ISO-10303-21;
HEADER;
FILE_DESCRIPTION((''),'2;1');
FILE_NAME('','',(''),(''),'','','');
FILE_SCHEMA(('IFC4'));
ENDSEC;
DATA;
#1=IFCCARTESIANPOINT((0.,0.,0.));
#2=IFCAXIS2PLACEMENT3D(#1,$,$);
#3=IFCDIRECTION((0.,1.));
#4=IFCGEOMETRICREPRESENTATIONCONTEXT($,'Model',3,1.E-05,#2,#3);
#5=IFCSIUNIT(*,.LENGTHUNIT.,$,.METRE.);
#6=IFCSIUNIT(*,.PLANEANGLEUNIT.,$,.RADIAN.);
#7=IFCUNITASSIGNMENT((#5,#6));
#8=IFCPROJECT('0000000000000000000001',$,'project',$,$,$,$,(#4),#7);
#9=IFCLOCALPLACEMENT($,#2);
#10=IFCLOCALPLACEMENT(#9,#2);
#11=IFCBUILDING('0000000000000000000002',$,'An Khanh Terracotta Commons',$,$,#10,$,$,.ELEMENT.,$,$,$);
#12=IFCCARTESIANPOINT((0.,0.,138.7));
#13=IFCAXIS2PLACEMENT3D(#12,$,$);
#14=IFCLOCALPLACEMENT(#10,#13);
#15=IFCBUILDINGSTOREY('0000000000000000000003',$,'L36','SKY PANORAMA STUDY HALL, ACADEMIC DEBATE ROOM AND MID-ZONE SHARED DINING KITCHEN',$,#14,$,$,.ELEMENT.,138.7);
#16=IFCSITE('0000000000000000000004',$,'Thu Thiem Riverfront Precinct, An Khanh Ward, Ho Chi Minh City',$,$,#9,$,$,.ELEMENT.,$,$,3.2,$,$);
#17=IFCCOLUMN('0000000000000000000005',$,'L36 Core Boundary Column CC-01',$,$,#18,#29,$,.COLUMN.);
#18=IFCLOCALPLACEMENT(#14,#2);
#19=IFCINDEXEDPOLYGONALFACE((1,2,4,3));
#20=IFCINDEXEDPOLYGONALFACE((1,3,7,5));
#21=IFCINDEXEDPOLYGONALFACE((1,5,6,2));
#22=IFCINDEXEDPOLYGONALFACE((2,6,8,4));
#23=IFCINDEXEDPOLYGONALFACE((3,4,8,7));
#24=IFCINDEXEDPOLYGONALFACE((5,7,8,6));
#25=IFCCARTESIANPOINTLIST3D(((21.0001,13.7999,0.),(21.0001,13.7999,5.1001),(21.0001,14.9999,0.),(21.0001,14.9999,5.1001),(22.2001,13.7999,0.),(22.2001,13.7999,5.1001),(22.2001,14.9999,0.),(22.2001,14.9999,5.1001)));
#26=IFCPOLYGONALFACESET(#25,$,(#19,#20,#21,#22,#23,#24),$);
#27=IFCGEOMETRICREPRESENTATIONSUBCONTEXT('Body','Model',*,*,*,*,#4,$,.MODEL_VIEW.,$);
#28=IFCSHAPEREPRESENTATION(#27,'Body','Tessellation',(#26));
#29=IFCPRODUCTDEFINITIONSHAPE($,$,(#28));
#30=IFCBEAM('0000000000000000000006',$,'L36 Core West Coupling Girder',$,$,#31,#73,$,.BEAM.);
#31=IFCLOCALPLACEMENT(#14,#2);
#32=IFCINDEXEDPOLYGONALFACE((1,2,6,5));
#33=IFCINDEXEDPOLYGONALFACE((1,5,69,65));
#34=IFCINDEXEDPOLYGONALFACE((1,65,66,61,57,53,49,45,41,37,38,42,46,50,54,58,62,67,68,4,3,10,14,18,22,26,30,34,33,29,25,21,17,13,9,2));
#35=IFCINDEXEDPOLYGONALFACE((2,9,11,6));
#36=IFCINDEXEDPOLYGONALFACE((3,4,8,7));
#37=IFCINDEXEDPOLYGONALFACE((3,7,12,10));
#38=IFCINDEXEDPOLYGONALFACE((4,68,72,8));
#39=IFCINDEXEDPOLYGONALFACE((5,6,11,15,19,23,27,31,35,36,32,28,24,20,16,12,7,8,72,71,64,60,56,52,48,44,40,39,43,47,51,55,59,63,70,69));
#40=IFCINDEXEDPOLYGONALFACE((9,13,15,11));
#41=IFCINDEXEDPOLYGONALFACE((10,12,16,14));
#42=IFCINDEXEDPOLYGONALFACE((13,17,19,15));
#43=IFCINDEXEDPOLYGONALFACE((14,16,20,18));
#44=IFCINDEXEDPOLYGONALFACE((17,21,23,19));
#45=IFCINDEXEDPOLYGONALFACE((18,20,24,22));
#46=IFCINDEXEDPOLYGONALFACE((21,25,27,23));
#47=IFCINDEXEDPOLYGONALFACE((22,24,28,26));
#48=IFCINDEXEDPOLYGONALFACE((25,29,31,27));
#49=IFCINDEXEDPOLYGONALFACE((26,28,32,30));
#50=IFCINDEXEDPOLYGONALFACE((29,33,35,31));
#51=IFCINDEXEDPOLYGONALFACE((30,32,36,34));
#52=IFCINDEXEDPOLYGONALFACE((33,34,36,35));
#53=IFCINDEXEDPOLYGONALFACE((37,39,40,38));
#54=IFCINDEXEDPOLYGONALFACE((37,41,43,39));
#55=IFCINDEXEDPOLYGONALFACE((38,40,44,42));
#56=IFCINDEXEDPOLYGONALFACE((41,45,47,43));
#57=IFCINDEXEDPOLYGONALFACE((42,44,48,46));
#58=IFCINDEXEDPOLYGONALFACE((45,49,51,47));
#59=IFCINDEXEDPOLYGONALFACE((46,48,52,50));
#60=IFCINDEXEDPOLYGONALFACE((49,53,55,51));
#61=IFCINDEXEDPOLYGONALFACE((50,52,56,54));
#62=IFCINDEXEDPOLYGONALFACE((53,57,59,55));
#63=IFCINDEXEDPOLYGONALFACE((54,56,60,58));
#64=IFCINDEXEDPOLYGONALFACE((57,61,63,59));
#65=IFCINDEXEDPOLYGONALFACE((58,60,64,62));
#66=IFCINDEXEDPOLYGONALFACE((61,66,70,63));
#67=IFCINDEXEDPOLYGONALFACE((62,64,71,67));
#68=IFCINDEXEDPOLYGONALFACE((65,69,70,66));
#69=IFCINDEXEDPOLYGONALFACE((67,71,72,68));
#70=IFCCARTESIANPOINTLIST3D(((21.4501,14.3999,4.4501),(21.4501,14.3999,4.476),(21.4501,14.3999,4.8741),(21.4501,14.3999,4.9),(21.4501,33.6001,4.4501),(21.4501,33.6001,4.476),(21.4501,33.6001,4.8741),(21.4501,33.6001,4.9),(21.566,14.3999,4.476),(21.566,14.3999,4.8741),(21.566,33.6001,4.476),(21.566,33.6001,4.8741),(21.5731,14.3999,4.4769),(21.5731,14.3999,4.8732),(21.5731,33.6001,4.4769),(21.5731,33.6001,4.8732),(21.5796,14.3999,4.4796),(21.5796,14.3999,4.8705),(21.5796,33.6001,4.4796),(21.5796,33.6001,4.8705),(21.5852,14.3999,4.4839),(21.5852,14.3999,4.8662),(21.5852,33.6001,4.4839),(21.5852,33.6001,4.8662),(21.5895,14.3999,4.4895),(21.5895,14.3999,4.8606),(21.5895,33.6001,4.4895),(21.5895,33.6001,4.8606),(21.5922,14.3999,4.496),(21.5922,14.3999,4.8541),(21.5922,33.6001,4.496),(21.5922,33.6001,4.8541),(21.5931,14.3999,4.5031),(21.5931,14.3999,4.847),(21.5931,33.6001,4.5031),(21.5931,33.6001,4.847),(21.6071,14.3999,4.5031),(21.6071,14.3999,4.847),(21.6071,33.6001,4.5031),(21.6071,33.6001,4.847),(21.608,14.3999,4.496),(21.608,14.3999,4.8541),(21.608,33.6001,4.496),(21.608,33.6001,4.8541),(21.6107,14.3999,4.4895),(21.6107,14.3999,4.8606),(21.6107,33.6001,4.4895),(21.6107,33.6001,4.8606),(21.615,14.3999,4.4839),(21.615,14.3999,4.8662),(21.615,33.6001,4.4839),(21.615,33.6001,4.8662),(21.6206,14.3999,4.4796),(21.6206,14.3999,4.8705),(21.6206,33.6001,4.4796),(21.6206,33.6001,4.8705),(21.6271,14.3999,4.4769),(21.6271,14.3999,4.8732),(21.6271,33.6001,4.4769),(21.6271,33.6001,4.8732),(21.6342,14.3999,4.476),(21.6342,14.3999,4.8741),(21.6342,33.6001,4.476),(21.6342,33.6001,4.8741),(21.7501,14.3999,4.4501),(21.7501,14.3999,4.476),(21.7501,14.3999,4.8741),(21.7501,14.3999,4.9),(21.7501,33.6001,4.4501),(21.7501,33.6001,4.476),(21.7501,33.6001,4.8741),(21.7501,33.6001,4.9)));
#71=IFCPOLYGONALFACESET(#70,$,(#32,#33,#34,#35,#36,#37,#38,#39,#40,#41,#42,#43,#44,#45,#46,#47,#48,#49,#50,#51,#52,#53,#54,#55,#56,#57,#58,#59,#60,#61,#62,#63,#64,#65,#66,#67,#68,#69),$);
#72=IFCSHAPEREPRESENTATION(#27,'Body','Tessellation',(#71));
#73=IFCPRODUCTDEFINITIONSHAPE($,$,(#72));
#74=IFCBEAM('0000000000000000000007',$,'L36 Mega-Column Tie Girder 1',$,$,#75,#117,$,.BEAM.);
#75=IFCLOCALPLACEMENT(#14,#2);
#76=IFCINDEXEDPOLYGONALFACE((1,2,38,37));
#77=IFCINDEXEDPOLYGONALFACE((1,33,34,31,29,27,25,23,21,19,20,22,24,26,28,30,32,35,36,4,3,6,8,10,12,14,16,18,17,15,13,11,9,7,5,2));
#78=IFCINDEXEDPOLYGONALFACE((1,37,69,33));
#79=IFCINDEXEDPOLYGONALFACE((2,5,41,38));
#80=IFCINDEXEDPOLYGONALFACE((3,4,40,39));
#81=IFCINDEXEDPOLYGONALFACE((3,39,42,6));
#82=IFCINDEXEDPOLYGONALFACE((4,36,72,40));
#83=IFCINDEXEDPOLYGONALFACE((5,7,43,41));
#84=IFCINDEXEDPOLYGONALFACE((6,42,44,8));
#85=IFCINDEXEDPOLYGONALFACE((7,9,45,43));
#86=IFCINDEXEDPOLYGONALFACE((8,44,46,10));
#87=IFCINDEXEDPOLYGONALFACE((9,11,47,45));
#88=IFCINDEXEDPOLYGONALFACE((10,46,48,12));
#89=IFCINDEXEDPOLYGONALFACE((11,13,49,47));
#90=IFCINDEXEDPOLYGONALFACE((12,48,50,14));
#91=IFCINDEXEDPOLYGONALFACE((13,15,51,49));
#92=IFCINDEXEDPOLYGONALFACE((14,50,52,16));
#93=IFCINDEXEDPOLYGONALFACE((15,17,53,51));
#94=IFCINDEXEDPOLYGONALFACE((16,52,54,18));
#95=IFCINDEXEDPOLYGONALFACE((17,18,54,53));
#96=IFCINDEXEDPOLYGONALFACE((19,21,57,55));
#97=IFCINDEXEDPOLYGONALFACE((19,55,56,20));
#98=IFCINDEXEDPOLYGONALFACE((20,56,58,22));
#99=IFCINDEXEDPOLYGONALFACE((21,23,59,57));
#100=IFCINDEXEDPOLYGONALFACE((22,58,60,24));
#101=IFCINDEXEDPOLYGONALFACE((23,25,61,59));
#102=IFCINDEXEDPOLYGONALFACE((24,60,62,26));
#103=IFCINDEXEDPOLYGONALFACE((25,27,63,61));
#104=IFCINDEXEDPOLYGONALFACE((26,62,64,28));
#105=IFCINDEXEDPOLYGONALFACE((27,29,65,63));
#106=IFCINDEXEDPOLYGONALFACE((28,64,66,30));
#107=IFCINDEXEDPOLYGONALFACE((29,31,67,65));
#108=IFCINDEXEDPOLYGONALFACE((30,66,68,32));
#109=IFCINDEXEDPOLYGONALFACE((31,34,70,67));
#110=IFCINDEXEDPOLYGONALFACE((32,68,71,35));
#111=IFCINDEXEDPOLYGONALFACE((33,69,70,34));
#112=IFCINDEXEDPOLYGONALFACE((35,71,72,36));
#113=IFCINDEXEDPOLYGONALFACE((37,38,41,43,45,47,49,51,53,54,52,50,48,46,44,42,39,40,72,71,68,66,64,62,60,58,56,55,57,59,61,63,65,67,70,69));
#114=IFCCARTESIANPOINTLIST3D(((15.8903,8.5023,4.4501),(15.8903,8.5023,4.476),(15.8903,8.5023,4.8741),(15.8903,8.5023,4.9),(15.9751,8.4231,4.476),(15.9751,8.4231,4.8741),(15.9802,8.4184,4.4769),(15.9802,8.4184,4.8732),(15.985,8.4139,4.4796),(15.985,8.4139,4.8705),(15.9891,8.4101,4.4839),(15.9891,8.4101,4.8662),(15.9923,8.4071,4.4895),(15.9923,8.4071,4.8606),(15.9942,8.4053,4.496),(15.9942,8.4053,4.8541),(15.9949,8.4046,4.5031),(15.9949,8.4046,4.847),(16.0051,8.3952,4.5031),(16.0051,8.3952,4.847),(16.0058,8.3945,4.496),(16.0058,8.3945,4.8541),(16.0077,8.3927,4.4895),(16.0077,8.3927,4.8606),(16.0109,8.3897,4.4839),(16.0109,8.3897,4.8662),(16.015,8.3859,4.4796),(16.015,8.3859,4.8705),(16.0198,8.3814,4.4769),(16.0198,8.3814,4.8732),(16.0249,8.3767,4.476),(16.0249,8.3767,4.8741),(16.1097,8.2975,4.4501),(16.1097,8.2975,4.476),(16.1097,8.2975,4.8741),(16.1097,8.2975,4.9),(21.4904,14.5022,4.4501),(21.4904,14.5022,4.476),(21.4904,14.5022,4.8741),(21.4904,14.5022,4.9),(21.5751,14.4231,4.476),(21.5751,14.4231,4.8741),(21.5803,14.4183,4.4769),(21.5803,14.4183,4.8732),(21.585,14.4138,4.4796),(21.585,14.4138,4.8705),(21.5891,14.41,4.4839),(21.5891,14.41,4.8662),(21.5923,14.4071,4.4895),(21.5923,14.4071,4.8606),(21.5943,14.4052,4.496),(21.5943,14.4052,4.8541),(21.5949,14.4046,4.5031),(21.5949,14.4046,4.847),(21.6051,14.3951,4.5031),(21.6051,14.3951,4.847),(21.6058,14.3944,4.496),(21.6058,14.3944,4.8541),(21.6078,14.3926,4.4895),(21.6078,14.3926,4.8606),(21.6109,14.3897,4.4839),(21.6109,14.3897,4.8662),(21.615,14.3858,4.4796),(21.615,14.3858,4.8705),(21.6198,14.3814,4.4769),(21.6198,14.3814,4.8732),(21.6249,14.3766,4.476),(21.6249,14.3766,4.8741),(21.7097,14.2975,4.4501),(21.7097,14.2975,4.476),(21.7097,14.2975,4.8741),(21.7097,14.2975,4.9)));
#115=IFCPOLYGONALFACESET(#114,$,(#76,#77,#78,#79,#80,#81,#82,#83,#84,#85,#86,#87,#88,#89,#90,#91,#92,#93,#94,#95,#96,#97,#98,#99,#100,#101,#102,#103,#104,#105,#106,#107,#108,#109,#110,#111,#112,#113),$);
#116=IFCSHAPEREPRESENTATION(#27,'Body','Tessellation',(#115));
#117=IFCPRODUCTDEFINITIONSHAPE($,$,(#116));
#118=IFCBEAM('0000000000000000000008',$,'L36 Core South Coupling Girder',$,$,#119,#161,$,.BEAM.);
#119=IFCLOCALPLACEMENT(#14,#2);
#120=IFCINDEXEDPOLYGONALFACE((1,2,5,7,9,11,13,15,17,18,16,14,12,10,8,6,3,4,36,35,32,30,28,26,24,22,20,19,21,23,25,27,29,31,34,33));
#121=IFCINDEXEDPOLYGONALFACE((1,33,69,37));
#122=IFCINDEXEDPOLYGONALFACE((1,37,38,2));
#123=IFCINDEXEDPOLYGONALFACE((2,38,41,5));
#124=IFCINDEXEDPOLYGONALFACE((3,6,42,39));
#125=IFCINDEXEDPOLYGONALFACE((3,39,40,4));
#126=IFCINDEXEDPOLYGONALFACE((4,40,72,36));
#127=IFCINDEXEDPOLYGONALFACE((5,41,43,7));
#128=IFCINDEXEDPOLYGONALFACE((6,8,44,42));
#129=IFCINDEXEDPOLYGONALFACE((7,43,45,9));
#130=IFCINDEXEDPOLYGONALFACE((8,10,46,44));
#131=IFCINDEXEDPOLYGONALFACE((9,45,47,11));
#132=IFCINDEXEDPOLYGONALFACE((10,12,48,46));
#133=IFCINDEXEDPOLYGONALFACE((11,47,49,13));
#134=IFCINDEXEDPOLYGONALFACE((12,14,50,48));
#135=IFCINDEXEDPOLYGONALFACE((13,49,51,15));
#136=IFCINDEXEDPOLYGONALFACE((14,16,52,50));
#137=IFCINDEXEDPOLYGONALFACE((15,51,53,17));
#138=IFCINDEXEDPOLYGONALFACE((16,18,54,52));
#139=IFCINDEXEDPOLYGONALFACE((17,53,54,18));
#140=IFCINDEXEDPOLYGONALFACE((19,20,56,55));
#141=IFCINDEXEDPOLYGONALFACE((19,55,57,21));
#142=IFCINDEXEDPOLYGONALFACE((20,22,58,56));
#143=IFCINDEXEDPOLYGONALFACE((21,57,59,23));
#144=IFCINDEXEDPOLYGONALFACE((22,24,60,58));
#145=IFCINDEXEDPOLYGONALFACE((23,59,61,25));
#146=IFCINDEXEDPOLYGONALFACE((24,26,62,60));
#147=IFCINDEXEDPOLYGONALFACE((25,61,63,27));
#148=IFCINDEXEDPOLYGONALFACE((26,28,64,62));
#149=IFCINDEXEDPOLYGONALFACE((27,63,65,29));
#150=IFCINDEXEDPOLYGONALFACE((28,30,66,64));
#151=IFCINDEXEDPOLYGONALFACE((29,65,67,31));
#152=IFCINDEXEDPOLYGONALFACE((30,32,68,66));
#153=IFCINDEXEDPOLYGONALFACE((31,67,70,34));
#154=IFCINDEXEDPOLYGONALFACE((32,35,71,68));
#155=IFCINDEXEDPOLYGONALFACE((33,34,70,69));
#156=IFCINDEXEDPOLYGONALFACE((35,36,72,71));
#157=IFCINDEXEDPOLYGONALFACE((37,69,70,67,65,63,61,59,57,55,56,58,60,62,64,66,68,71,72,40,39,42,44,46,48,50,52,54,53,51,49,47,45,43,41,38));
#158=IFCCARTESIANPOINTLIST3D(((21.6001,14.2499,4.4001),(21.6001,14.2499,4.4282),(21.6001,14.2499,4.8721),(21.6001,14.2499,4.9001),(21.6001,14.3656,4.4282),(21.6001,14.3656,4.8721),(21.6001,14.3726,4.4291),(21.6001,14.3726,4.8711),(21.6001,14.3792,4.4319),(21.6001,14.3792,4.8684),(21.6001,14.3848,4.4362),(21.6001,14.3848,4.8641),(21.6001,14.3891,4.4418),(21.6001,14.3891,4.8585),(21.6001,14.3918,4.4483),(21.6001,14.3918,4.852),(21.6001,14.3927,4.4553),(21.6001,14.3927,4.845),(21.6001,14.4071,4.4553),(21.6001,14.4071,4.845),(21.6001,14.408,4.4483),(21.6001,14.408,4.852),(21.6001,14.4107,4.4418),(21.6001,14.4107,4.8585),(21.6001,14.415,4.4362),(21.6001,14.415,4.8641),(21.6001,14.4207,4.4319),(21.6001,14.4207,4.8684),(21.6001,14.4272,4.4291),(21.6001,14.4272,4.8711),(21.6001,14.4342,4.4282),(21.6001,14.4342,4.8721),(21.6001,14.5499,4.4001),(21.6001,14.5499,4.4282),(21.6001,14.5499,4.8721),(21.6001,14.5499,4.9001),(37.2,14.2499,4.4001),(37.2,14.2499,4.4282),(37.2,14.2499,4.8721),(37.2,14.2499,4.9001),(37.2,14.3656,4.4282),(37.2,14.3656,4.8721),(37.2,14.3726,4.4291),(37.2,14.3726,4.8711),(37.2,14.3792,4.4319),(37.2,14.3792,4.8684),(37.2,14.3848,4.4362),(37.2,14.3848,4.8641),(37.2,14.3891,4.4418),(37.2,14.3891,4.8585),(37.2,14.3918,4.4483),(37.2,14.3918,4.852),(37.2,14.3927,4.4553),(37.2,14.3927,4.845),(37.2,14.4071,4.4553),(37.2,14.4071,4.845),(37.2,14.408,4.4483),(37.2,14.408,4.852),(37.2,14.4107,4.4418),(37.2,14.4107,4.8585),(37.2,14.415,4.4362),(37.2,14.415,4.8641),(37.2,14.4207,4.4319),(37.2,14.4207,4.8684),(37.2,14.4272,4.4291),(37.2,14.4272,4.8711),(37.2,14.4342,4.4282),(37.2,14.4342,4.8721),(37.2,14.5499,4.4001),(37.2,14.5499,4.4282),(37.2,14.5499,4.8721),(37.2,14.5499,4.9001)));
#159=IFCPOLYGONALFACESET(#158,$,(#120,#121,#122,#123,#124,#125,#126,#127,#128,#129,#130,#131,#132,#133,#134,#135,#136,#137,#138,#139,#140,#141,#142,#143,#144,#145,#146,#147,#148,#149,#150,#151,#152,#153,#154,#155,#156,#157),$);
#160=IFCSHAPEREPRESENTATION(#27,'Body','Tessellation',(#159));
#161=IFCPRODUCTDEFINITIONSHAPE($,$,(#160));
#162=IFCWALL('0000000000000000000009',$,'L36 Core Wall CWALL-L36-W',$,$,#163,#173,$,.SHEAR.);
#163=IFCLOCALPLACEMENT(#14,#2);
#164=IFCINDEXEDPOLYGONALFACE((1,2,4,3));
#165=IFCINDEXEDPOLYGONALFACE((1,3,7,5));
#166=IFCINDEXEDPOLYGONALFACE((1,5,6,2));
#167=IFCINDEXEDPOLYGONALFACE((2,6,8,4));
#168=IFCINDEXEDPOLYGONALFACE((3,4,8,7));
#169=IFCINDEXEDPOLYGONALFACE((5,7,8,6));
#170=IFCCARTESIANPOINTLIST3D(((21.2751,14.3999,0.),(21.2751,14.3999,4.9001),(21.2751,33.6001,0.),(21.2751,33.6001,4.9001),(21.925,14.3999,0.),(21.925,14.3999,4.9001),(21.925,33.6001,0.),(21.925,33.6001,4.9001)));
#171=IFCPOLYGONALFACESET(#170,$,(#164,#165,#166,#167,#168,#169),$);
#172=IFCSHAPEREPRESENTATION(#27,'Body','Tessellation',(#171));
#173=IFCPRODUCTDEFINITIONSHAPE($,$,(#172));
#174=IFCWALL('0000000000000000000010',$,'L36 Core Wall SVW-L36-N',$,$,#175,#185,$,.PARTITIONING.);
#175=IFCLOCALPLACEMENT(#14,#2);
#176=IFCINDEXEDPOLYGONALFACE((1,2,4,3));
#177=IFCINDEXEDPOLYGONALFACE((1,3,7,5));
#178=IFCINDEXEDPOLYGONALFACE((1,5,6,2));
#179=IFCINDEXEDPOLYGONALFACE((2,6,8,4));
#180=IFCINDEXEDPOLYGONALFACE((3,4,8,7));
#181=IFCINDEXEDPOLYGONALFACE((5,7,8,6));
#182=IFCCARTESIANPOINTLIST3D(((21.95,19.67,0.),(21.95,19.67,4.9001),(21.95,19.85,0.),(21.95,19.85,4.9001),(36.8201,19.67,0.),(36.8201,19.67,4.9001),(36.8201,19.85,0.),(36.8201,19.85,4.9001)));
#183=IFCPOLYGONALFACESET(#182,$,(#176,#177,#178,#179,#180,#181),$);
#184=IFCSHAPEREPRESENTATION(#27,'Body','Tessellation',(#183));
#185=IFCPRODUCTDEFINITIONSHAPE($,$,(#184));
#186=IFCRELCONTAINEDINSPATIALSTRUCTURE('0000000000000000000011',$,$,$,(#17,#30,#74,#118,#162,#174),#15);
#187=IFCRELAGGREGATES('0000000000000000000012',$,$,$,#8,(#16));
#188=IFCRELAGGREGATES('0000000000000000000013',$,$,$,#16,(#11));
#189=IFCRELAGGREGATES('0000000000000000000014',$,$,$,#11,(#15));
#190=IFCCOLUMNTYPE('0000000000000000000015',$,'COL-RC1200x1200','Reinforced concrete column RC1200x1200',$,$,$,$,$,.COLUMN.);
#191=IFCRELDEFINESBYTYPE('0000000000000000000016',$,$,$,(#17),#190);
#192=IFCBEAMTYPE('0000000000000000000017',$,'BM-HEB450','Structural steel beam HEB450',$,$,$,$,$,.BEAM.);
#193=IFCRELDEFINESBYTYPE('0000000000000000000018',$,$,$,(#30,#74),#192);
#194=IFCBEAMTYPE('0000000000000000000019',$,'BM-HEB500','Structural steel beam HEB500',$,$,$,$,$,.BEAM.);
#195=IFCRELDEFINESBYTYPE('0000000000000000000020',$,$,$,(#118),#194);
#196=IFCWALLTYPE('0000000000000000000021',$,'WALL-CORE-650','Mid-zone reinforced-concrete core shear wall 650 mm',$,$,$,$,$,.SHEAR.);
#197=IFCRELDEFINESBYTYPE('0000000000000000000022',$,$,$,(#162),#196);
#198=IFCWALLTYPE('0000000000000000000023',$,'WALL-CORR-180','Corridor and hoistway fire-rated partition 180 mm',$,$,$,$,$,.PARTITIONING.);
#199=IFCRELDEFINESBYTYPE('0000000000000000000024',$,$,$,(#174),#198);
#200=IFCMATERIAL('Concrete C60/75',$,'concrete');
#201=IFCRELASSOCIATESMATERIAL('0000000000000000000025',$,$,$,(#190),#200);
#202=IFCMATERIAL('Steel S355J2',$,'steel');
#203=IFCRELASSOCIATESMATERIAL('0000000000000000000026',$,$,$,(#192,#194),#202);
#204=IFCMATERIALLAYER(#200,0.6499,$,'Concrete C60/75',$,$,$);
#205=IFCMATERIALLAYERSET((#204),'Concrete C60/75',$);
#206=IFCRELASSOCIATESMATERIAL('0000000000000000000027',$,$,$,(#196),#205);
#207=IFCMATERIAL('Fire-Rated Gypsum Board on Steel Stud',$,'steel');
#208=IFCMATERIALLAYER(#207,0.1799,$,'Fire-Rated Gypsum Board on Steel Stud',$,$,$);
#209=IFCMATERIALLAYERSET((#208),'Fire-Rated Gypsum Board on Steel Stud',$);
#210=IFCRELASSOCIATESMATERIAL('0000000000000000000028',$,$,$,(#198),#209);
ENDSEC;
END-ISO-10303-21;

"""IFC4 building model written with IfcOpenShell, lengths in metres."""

from ifc_helpers import new_model, si_unit, direction, frame, frame_2d, origin, origin_2d, place, context, subcontext, project, spatial, rectangle, i_section, extrude, material, layer, layer_set, material_profile, profile_set, type_object, element, save


model = new_model("IFC4")

# Units and contexts
model_context = context("Model", 3, precision=1e-05, world=origin(), true_north=direction((0.0, 1.0)))
body_context = subcontext(model_context, "Body", "Model", "MODEL_VIEW")
ifc_project = project(units=[si_unit("LENGTHUNIT", "METRE"), si_unit("PLANEANGLEUNIT", "RADIAN")], contexts=[model_context])

# Site, building, storey
site_placement = place(None, origin())
site = spatial("IfcSite", under=ifc_project, at=site_placement, Name="Thu Thiem Riverfront Precinct, An Khanh Ward, Ho Chi Minh City", CompositionType="ELEMENT", RefElevation=3.2)
building_placement = place(site_placement, origin())
building = spatial("IfcBuilding", under=site, at=building_placement, Name="An Khanh Terracotta Commons", CompositionType="ELEMENT")
storey_placement = place(building_placement, frame((0.0, 0.0, 138.7)))
storey = spatial("IfcBuildingStorey", under=building, at=storey_placement, Name="L36", Description="SKY PANORAMA STUDY HALL, ACADEMIC DEBATE ROOM AND MID-ZONE SHARED DINING KITCHEN", CompositionType="ELEMENT", Elevation=138.7)

# Column
ifc_material_1 = material(Name="Concrete C60/75", Category="concrete")
ifc_material_profile_1 = material_profile(ifc_material_1, rectangle(XDim=1.2, YDim=1.2, at=origin_2d()), Name="RC1200x1200")
ifc_profile_set_1 = profile_set([ifc_material_profile_1], Name="Concrete C60/75")
column_type = type_object("IfcColumnType", Name="COL-RC1200x1200", Description="Reinforced concrete column RC1200x1200", PredefinedType="COLUMN", material=ifc_profile_set_1)
column_placement = place(storey_placement, frame((21.6001, 14.3999, 0.0), z_axis=(0.0, 0.0, 1.0), x_axis=(1.0, 0.0, 0.0)))
element("IfcColumn", 1, at=column_placement, inside=storey, type_object=column_type, Name="L36 Core Boundary Column CC-01", PredefinedType="COLUMN", context=body_context, shape_type="SweptSolid", body=[
    extrude(rectangle(XDim=1.2, YDim=1.2, at=origin_2d()), origin(), (0.0, 0.0, 1.0), 5.1001),
])

# Beams
ifc_material_2 = material(Name="Steel S355J2", Category="steel")
ifc_material_profile_2 = material_profile(ifc_material_2, i_section(OverallWidth=0.3, OverallDepth=0.45, WebThickness=0.0139, FlangeThickness=0.0259, FilletRadius=0.0271, at=origin_2d()), Name="HEB450")
ifc_profile_set_2 = profile_set([ifc_material_profile_2], Name="Steel S355J2")
beam_type_1 = type_object("IfcBeamType", Name="BM-HEB450", Description="Structural steel beam HEB450", PredefinedType="BEAM", material=ifc_profile_set_2)
beam_1_placement = place(storey_placement, frame((21.6001, 14.3999, 4.675), z_axis=(0.0, 1.0, 0.0), x_axis=(-1.0, 0.0, 0.0)))
element("IfcBeam", 2, at=beam_1_placement, inside=storey, type_object=beam_type_1, Name="L36 Core West Coupling Girder", PredefinedType="BEAM", context=body_context, shape_type="SweptSolid", body=[
    extrude(i_section(OverallWidth=0.3, OverallDepth=0.45, WebThickness=0.0139, FlangeThickness=0.0259, FilletRadius=0.0271, at=origin_2d()), origin(), (0.0, 0.0, 1.0), 19.2002),
])
beam_2_placement = place(storey_placement, frame((16.0, 8.3999, 4.675), z_axis=(0.682325, 0.731049, 0.0), x_axis=(-0.731049, 0.682325, 0.0)))
element("IfcBeam", 3, at=beam_2_placement, inside=storey, type_object=beam_type_1, Name="L36 Mega-Column Tie Girder 1", PredefinedType="BEAM", context=body_context, shape_type="SweptSolid", body=[
    extrude(i_section(OverallWidth=0.3, OverallDepth=0.45, WebThickness=0.0139, FlangeThickness=0.0259, FilletRadius=0.0271, at=origin_2d()), origin(), (0.0, 0.0, 1.0), 8.2073),
])
ifc_material_profile_3 = material_profile(ifc_material_2, i_section(OverallWidth=0.3, OverallDepth=0.5, WebThickness=0.0144, FlangeThickness=0.0281, FilletRadius=0.0271, at=origin_2d()), Name="HEB500")
ifc_profile_set_3 = profile_set([ifc_material_profile_3], Name="Steel S355J2")
beam_type_2 = type_object("IfcBeamType", Name="BM-HEB500", Description="Structural steel beam HEB500", PredefinedType="BEAM", material=ifc_profile_set_3)
beam_3_placement = place(storey_placement, frame((21.6001, 14.3999, 4.6501), z_axis=(1.0, 0.0, 0.0), x_axis=(0.0, 1.0, 0.0)))
element("IfcBeam", 4, at=beam_3_placement, inside=storey, type_object=beam_type_2, Name="L36 Core South Coupling Girder", PredefinedType="BEAM", context=body_context, shape_type="SweptSolid", body=[
    extrude(i_section(OverallWidth=0.3, OverallDepth=0.5, WebThickness=0.0144, FlangeThickness=0.0281, FilletRadius=0.0271, at=origin_2d()), origin(), (0.0, 0.0, 1.0), 15.5999),
])

# Walls
ifc_layer_1 = layer(ifc_material_1, 0.6499, Name="Concrete C60/75")
ifc_layer_set_1 = layer_set([ifc_layer_1], Name="Concrete C60/75")
wall_type_1 = type_object("IfcWallType", Name="WALL-CORE-650", Description="Mid-zone reinforced-concrete core shear wall 650 mm", PredefinedType="SHEAR", material=ifc_layer_set_1)
wall_1_placement = place(storey_placement, frame((21.6001, 14.3999, 0.0), z_axis=(0.0, 0.0, 1.0), x_axis=(0.0, 1.0, 0.0)))
element("IfcWall", 5, at=wall_1_placement, inside=storey, type_object=wall_type_1, Name="L36 Core Wall CWALL-L36-W", PredefinedType="SHEAR", context=body_context, shape_type="SweptSolid", body=[
    extrude(rectangle(XDim=19.2002, YDim=0.6499, at=frame_2d((9.6001, 0.0))), origin(), (0.0, 0.0, 1.0), 4.9001),
])
ifc_material_3 = material(Name="Fire-Rated Gypsum Board on Steel Stud", Category="steel")
ifc_layer_2 = layer(ifc_material_3, 0.1799, Name="Fire-Rated Gypsum Board on Steel Stud")
ifc_layer_set_2 = layer_set([ifc_layer_2], Name="Fire-Rated Gypsum Board on Steel Stud")
wall_type_2 = type_object("IfcWallType", Name="WALL-CORR-180", Description="Corridor and hoistway fire-rated partition 180 mm", PredefinedType="PARTITIONING", material=ifc_layer_set_2)
wall_2_placement = place(storey_placement, frame((21.95, 19.76, 0.0), z_axis=(0.0, 0.0, 1.0), x_axis=(1.0, 0.0, 0.0)))
element("IfcWall", 6, at=wall_2_placement, inside=storey, type_object=wall_type_2, Name="L36 Core Wall SVW-L36-N", PredefinedType="PARTITIONING", context=body_context, shape_type="SweptSolid", body=[
    extrude(rectangle(XDim=14.8701, YDim=0.1799, at=frame_2d((7.4351, 0.0))), origin(), (0.0, 0.0, 1.0), 4.9001),
])

save(model, "model.ifc")
